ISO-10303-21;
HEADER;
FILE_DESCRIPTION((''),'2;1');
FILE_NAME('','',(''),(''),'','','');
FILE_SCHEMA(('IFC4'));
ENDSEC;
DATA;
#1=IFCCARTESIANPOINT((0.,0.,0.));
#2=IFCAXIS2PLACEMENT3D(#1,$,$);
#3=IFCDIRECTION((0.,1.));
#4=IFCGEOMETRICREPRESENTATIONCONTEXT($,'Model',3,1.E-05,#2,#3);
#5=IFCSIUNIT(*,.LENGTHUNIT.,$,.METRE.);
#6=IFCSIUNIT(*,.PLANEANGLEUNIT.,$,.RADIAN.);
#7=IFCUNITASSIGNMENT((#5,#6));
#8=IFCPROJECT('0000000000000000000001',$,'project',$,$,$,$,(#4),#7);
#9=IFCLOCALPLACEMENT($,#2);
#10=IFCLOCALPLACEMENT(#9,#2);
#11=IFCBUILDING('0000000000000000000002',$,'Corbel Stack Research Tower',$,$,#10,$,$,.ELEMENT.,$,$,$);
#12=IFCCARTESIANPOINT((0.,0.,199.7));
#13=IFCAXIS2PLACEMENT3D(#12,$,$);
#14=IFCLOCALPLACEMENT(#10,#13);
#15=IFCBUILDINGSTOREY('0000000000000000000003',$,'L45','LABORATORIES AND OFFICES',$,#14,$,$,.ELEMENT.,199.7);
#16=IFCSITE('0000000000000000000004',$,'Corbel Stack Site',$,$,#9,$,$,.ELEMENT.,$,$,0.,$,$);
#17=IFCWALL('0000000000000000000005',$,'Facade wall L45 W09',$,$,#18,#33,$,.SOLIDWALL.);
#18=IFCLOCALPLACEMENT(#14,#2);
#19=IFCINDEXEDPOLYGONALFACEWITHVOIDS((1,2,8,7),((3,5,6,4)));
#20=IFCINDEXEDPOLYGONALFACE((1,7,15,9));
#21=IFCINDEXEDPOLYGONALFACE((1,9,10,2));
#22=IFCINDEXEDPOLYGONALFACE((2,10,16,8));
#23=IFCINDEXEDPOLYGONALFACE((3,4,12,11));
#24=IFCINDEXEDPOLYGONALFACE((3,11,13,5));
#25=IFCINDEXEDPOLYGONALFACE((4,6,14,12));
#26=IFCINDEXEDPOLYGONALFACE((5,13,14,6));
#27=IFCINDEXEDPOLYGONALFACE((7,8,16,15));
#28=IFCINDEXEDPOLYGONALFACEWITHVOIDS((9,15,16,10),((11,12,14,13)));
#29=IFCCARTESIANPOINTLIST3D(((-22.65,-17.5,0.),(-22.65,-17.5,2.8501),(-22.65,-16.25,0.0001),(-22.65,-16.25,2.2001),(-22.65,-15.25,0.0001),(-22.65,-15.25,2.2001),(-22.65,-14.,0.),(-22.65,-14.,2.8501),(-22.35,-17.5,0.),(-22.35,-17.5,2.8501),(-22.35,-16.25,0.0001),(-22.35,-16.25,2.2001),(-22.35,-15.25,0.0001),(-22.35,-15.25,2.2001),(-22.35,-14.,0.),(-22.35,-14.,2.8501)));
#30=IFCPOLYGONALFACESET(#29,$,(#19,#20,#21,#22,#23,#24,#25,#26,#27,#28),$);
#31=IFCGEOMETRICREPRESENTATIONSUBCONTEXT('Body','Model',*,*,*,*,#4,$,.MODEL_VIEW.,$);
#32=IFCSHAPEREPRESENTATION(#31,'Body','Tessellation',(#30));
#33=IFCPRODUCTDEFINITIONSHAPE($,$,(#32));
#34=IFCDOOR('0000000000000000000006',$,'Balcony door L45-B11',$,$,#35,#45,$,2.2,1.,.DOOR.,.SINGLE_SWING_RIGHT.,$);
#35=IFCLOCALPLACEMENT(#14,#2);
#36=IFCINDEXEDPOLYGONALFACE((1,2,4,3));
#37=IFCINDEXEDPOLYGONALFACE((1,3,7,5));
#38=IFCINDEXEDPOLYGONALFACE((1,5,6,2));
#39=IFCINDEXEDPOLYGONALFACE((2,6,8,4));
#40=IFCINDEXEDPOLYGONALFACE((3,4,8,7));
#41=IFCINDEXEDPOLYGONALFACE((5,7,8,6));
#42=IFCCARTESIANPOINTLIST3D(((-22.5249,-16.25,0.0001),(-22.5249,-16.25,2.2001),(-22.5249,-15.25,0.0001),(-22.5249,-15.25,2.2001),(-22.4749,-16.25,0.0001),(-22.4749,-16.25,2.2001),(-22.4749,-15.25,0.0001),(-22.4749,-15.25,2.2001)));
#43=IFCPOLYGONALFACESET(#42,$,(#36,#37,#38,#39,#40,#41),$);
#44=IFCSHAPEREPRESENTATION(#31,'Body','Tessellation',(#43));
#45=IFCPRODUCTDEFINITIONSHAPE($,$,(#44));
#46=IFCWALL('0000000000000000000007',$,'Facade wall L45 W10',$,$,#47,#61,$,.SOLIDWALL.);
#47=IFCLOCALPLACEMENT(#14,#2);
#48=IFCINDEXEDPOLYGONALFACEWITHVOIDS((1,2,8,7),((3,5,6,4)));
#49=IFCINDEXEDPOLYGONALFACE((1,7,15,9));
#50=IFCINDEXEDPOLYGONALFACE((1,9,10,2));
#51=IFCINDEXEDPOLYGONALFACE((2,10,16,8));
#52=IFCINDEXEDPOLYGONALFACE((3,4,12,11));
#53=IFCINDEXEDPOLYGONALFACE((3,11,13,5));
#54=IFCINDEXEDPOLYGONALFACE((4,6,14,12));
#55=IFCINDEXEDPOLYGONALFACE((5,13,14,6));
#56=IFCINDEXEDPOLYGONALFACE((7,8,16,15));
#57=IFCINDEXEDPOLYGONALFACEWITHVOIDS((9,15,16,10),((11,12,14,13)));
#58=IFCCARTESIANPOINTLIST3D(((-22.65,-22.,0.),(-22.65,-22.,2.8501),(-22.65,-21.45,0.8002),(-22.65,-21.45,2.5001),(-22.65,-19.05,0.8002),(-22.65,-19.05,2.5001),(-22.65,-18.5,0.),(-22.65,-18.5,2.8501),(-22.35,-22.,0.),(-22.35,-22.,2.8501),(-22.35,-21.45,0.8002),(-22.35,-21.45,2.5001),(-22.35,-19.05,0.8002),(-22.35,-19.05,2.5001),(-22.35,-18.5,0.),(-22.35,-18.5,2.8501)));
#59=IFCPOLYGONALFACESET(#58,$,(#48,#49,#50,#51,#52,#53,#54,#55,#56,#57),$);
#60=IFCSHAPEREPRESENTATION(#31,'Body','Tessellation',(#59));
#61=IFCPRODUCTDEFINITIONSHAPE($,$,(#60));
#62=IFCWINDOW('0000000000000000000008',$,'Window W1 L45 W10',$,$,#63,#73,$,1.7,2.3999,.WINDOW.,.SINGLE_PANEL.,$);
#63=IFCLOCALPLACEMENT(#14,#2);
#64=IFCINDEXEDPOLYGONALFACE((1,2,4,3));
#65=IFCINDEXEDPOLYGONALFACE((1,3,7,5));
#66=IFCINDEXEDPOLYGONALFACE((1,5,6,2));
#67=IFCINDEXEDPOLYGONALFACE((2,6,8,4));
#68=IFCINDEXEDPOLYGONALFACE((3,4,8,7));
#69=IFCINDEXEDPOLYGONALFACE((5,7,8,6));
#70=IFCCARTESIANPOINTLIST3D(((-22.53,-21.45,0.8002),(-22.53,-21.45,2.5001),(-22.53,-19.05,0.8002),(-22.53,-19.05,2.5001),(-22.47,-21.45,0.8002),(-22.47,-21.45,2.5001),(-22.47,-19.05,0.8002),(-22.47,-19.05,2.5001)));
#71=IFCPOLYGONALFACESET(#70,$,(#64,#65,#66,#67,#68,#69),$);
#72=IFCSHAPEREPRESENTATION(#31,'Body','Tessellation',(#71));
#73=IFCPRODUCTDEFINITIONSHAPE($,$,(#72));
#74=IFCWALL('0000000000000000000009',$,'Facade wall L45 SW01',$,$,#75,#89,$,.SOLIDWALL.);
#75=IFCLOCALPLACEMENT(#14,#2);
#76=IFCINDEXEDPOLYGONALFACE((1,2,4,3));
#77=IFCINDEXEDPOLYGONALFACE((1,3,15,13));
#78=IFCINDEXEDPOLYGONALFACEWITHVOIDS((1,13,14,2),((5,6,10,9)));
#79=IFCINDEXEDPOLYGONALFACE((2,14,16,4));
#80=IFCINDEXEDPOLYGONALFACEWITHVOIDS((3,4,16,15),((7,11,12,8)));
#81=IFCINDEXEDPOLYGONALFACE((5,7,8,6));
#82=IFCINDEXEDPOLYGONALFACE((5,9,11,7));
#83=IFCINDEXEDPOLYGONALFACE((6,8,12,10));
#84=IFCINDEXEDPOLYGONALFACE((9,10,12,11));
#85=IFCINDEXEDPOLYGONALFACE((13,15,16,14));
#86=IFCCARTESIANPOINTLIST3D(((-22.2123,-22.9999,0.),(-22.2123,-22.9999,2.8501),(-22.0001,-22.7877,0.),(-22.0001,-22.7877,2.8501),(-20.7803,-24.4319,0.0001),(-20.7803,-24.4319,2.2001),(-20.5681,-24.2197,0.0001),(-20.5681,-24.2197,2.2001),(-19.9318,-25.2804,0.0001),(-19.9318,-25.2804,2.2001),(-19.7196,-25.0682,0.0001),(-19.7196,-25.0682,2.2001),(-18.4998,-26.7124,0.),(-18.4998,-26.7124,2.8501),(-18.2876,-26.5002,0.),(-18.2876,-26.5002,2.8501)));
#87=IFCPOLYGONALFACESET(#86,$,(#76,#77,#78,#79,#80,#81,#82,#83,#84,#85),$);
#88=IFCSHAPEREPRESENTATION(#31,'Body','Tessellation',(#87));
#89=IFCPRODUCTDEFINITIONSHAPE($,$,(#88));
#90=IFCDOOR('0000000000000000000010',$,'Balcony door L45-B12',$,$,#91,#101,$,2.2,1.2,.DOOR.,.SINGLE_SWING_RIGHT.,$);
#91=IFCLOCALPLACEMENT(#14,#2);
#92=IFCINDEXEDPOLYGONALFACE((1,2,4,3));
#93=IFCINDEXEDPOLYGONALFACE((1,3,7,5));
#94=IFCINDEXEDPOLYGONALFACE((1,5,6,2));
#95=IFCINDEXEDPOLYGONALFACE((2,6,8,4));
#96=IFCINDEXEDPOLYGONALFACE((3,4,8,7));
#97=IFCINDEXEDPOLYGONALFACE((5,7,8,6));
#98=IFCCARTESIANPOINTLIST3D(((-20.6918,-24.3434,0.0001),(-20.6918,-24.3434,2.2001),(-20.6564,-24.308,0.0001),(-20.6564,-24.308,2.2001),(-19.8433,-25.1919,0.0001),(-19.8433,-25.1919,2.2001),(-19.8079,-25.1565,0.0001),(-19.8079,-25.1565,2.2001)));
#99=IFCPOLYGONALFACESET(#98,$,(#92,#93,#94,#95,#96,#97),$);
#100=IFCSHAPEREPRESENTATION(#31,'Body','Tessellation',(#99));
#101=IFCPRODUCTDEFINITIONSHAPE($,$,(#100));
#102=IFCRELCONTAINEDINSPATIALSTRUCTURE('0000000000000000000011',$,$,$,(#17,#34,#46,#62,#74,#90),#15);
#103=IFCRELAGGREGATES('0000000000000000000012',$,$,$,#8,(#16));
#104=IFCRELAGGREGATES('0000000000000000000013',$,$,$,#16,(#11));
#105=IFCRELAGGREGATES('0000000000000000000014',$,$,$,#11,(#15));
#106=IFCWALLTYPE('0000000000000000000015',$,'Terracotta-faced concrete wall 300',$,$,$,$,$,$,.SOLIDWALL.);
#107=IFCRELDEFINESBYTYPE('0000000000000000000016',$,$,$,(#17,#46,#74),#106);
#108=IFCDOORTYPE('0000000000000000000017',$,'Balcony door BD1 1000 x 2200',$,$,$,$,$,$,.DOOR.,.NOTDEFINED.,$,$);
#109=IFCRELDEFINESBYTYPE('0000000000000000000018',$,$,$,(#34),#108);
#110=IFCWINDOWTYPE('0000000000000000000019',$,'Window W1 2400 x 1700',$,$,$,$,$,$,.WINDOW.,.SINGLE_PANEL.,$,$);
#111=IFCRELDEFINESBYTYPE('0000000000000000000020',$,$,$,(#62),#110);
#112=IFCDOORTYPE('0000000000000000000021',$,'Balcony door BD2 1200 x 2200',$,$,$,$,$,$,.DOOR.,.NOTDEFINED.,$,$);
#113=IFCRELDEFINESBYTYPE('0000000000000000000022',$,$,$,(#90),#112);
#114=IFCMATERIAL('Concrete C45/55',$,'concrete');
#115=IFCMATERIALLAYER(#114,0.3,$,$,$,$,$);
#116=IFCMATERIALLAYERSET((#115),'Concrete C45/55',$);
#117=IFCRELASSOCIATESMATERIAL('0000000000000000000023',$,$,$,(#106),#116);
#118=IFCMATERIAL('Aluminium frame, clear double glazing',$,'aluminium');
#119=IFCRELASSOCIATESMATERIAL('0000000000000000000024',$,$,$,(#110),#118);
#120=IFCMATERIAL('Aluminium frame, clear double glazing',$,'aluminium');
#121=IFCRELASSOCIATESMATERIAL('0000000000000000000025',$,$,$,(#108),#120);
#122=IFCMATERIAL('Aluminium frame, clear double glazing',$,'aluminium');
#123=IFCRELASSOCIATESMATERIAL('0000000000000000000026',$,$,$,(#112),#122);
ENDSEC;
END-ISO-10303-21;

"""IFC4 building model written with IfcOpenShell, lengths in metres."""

from ifc_helpers import new_model, si_unit, direction, frame, frame_2d, origin, place, context, subcontext, project, spatial, rectangle, extrude, material, layer, layer_set, type_object, element, fill, save


model = new_model("IFC4")

# Units and contexts
model_context = context("Model", 3, precision=1e-05, world=origin(), true_north=direction((0.0, 1.0)))
body_context = subcontext(model_context, "Body", "Model", "MODEL_VIEW")
ifc_project = project(units=[si_unit("LENGTHUNIT", "METRE"), si_unit("PLANEANGLEUNIT", "RADIAN")], contexts=[model_context])

# Site, building, storey
site_placement = place(None, origin())
site = spatial("IfcSite", under=ifc_project, at=site_placement, Name="Corbel Stack Site", CompositionType="ELEMENT", RefElevation=0.0)
building_placement = place(site_placement, origin())
building = spatial("IfcBuilding", under=site, at=building_placement, Name="Corbel Stack Research Tower", CompositionType="ELEMENT")
storey_placement = place(building_placement, frame((0.0, 0.0, 199.7)))
storey = spatial("IfcBuildingStorey", under=building, at=storey_placement, Name="L45", Description="LABORATORIES AND OFFICES", CompositionType="ELEMENT", Elevation=199.7)

# Shared definitions
ifc_material_1 = material(Name="Concrete C45/55", Category="concrete")
ifc_layer_1 = layer(ifc_material_1, 0.3)
ifc_layer_set_1 = layer_set([ifc_layer_1], Name="Concrete C45/55")
wall_type = type_object("IfcWallType", Name="Terracotta-faced concrete wall 300", PredefinedType="SOLIDWALL", material=ifc_layer_set_1)
ifc_material_2 = material(Name="Aluminium frame, clear double glazing", Category="aluminium")
window_type = type_object("IfcWindowType", Name="Window W1 2400 x 1700", PartitioningType="SINGLE_PANEL", PredefinedType="WINDOW", material=ifc_material_2)

# Wall, opening, door
wall_1_placement = place(storey_placement, frame((-22.5, -17.5, 0.0), z_axis=(0.0, 0.0, 1.0), x_axis=(0.0, 1.0, 0.0)))
wall_1 = element("IfcWall", 1, at=wall_1_placement, inside=storey, type_object=wall_type, Name="Facade wall L45 W09", PredefinedType="SOLIDWALL", context=body_context, shape_type="SweptSolid", body=[
    extrude(rectangle(XDim=3.5, YDim=0.3, at=frame_2d((1.75, 0.0))), origin(), (0.0, 0.0, 1.0), 2.8501),
])
opening_1_placement = place(wall_1_placement, frame((1.25, 0.0, 0.0)))
opening_1 = element("IfcOpeningElement", 2, at=opening_1_placement, cuts=wall_1, PredefinedType="OPENING", context=body_context, shape_type="SweptSolid", body=[
    extrude(rectangle(XDim=1.0, YDim=2.2, at=frame_2d((0.5, 1.1001))), frame((0.0, 0.1599, 0.0), z_axis=(0.0, -1.0, 0.0), x_axis=(1.0, 0.0, 0.0)), (0.0, 0.0, 1.0), 0.3201),
])
ifc_material_3 = material(Name="Aluminium frame, clear double glazing", Category="aluminium")
door_type_1 = type_object("IfcDoorType", Name="Balcony door BD1 1000 x 2200", OperationType="NOTDEFINED", PredefinedType="DOOR", material=ifc_material_3)
door_1_placement = place(opening_1_placement, origin())
door_1 = element("IfcDoor", 3, at=door_1_placement, inside=storey, type_object=door_type_1, Name="Balcony door L45-B11", OperationType="SINGLE_SWING_RIGHT", OverallHeight=2.2, OverallWidth=1.0, PredefinedType="DOOR", context=body_context, shape_type="SweptSolid", body=[
    extrude(rectangle(XDim=1.0, YDim=2.2, at=frame_2d((0.5, 1.1001))), frame((0.0, 0.0249, 0.0), z_axis=(0.0, -1.0, 0.0), x_axis=(1.0, 0.0, 0.0)), (0.0, 0.0, 1.0), 0.05),
])
fill(opening_1, door_1)

# Wall, opening, window
wall_2_placement = place(storey_placement, frame((-22.5, -22.0, 0.0), z_axis=(0.0, 0.0, 1.0), x_axis=(0.0, 1.0, 0.0)))
wall_2 = element("IfcWall", 4, at=wall_2_placement, inside=storey, type_object=wall_type, Name="Facade wall L45 W10", PredefinedType="SOLIDWALL", context=body_context, shape_type="SweptSolid", body=[
    extrude(rectangle(XDim=3.5, YDim=0.3, at=frame_2d((1.75, 0.0))), origin(), (0.0, 0.0, 1.0), 2.8501),
])
opening_2_placement = place(wall_2_placement, frame((0.55, 0.0, 0.8)))
opening_2 = element("IfcOpeningElement", 5, at=opening_2_placement, cuts=wall_2, PredefinedType="OPENING", context=body_context, shape_type="SweptSolid", body=[
    extrude(rectangle(XDim=2.3999, YDim=1.7, at=frame_2d((1.2, 0.8501))), frame((0.0, 0.1599, 0.0), z_axis=(0.0, -1.0, 0.0), x_axis=(1.0, 0.0, 0.0)), (0.0, 0.0, 1.0), 0.3201),
])
window_1_placement = place(opening_2_placement, origin())
window_1 = element("IfcWindow", 6, at=window_1_placement, inside=storey, type_object=window_type, Name="Window W1 L45 W10", OverallHeight=1.7, OverallWidth=2.3999, PartitioningType="SINGLE_PANEL", PredefinedType="WINDOW", context=body_context, shape_type="SweptSolid", body=[
    extrude(rectangle(XDim=2.3999, YDim=1.7, at=frame_2d((1.2, 0.8501))), frame((0.0, 0.03, 0.0), z_axis=(0.0, -1.0, 0.0), x_axis=(1.0, 0.0, 0.0)), (0.0, 0.0, 1.0), 0.0601),
])
fill(opening_2, window_1)

# Wall, opening, door
wall_3_placement = place(storey_placement, frame((-18.3938, -26.6062, 0.0), z_axis=(0.0, 0.0, 1.0), x_axis=(-0.707107, 0.707107, 0.0)))
wall_3 = element("IfcWall", 7, at=wall_3_placement, inside=storey, type_object=wall_type, Name="Facade wall L45 SW01", PredefinedType="SOLIDWALL", context=body_context, shape_type="SweptSolid", body=[
    extrude(rectangle(XDim=5.2502, YDim=0.3, at=frame_2d((2.625, 0.0))), origin(), (0.0, 0.0, 1.0), 2.8501),
])
opening_3_placement = place(wall_3_placement, frame((2.0249, 0.0, 0.0)))
opening_3 = element("IfcOpeningElement", 8, at=opening_3_placement, cuts=wall_3, PredefinedType="OPENING", context=body_context, shape_type="SweptSolid", body=[
    extrude(rectangle(XDim=1.2, YDim=2.2, at=frame_2d((0.6001, 1.1001))), frame((0.0, 0.1599, 0.0), z_axis=(0.0, -1.0, 0.0), x_axis=(1.0, 0.0, 0.0)), (0.0, 0.0, 1.0), 0.3201),
])
ifc_material_4 = material(Name="Aluminium frame, clear double glazing", Category="aluminium")
door_type_2 = type_object("IfcDoorType", Name="Balcony door BD2 1200 x 2200", OperationType="NOTDEFINED", PredefinedType="DOOR", material=ifc_material_4)
door_2_placement = place(opening_3_placement, origin())
door_2 = element("IfcDoor", 9, at=door_2_placement, inside=storey, type_object=door_type_2, Name="Balcony door L45-B12", OperationType="SINGLE_SWING_RIGHT", OverallHeight=2.2, OverallWidth=1.2, PredefinedType="DOOR", context=body_context, shape_type="SweptSolid", body=[
    extrude(rectangle(XDim=1.2, YDim=2.2, at=frame_2d((0.6001, 1.1001))), frame((0.0, 0.0249, 0.0), z_axis=(0.0, -1.0, 0.0), x_axis=(1.0, 0.0, 0.0)), (0.0, 0.0, 1.0), 0.05),
])
fill(opening_3, door_2)

save(model, "model.ifc")
